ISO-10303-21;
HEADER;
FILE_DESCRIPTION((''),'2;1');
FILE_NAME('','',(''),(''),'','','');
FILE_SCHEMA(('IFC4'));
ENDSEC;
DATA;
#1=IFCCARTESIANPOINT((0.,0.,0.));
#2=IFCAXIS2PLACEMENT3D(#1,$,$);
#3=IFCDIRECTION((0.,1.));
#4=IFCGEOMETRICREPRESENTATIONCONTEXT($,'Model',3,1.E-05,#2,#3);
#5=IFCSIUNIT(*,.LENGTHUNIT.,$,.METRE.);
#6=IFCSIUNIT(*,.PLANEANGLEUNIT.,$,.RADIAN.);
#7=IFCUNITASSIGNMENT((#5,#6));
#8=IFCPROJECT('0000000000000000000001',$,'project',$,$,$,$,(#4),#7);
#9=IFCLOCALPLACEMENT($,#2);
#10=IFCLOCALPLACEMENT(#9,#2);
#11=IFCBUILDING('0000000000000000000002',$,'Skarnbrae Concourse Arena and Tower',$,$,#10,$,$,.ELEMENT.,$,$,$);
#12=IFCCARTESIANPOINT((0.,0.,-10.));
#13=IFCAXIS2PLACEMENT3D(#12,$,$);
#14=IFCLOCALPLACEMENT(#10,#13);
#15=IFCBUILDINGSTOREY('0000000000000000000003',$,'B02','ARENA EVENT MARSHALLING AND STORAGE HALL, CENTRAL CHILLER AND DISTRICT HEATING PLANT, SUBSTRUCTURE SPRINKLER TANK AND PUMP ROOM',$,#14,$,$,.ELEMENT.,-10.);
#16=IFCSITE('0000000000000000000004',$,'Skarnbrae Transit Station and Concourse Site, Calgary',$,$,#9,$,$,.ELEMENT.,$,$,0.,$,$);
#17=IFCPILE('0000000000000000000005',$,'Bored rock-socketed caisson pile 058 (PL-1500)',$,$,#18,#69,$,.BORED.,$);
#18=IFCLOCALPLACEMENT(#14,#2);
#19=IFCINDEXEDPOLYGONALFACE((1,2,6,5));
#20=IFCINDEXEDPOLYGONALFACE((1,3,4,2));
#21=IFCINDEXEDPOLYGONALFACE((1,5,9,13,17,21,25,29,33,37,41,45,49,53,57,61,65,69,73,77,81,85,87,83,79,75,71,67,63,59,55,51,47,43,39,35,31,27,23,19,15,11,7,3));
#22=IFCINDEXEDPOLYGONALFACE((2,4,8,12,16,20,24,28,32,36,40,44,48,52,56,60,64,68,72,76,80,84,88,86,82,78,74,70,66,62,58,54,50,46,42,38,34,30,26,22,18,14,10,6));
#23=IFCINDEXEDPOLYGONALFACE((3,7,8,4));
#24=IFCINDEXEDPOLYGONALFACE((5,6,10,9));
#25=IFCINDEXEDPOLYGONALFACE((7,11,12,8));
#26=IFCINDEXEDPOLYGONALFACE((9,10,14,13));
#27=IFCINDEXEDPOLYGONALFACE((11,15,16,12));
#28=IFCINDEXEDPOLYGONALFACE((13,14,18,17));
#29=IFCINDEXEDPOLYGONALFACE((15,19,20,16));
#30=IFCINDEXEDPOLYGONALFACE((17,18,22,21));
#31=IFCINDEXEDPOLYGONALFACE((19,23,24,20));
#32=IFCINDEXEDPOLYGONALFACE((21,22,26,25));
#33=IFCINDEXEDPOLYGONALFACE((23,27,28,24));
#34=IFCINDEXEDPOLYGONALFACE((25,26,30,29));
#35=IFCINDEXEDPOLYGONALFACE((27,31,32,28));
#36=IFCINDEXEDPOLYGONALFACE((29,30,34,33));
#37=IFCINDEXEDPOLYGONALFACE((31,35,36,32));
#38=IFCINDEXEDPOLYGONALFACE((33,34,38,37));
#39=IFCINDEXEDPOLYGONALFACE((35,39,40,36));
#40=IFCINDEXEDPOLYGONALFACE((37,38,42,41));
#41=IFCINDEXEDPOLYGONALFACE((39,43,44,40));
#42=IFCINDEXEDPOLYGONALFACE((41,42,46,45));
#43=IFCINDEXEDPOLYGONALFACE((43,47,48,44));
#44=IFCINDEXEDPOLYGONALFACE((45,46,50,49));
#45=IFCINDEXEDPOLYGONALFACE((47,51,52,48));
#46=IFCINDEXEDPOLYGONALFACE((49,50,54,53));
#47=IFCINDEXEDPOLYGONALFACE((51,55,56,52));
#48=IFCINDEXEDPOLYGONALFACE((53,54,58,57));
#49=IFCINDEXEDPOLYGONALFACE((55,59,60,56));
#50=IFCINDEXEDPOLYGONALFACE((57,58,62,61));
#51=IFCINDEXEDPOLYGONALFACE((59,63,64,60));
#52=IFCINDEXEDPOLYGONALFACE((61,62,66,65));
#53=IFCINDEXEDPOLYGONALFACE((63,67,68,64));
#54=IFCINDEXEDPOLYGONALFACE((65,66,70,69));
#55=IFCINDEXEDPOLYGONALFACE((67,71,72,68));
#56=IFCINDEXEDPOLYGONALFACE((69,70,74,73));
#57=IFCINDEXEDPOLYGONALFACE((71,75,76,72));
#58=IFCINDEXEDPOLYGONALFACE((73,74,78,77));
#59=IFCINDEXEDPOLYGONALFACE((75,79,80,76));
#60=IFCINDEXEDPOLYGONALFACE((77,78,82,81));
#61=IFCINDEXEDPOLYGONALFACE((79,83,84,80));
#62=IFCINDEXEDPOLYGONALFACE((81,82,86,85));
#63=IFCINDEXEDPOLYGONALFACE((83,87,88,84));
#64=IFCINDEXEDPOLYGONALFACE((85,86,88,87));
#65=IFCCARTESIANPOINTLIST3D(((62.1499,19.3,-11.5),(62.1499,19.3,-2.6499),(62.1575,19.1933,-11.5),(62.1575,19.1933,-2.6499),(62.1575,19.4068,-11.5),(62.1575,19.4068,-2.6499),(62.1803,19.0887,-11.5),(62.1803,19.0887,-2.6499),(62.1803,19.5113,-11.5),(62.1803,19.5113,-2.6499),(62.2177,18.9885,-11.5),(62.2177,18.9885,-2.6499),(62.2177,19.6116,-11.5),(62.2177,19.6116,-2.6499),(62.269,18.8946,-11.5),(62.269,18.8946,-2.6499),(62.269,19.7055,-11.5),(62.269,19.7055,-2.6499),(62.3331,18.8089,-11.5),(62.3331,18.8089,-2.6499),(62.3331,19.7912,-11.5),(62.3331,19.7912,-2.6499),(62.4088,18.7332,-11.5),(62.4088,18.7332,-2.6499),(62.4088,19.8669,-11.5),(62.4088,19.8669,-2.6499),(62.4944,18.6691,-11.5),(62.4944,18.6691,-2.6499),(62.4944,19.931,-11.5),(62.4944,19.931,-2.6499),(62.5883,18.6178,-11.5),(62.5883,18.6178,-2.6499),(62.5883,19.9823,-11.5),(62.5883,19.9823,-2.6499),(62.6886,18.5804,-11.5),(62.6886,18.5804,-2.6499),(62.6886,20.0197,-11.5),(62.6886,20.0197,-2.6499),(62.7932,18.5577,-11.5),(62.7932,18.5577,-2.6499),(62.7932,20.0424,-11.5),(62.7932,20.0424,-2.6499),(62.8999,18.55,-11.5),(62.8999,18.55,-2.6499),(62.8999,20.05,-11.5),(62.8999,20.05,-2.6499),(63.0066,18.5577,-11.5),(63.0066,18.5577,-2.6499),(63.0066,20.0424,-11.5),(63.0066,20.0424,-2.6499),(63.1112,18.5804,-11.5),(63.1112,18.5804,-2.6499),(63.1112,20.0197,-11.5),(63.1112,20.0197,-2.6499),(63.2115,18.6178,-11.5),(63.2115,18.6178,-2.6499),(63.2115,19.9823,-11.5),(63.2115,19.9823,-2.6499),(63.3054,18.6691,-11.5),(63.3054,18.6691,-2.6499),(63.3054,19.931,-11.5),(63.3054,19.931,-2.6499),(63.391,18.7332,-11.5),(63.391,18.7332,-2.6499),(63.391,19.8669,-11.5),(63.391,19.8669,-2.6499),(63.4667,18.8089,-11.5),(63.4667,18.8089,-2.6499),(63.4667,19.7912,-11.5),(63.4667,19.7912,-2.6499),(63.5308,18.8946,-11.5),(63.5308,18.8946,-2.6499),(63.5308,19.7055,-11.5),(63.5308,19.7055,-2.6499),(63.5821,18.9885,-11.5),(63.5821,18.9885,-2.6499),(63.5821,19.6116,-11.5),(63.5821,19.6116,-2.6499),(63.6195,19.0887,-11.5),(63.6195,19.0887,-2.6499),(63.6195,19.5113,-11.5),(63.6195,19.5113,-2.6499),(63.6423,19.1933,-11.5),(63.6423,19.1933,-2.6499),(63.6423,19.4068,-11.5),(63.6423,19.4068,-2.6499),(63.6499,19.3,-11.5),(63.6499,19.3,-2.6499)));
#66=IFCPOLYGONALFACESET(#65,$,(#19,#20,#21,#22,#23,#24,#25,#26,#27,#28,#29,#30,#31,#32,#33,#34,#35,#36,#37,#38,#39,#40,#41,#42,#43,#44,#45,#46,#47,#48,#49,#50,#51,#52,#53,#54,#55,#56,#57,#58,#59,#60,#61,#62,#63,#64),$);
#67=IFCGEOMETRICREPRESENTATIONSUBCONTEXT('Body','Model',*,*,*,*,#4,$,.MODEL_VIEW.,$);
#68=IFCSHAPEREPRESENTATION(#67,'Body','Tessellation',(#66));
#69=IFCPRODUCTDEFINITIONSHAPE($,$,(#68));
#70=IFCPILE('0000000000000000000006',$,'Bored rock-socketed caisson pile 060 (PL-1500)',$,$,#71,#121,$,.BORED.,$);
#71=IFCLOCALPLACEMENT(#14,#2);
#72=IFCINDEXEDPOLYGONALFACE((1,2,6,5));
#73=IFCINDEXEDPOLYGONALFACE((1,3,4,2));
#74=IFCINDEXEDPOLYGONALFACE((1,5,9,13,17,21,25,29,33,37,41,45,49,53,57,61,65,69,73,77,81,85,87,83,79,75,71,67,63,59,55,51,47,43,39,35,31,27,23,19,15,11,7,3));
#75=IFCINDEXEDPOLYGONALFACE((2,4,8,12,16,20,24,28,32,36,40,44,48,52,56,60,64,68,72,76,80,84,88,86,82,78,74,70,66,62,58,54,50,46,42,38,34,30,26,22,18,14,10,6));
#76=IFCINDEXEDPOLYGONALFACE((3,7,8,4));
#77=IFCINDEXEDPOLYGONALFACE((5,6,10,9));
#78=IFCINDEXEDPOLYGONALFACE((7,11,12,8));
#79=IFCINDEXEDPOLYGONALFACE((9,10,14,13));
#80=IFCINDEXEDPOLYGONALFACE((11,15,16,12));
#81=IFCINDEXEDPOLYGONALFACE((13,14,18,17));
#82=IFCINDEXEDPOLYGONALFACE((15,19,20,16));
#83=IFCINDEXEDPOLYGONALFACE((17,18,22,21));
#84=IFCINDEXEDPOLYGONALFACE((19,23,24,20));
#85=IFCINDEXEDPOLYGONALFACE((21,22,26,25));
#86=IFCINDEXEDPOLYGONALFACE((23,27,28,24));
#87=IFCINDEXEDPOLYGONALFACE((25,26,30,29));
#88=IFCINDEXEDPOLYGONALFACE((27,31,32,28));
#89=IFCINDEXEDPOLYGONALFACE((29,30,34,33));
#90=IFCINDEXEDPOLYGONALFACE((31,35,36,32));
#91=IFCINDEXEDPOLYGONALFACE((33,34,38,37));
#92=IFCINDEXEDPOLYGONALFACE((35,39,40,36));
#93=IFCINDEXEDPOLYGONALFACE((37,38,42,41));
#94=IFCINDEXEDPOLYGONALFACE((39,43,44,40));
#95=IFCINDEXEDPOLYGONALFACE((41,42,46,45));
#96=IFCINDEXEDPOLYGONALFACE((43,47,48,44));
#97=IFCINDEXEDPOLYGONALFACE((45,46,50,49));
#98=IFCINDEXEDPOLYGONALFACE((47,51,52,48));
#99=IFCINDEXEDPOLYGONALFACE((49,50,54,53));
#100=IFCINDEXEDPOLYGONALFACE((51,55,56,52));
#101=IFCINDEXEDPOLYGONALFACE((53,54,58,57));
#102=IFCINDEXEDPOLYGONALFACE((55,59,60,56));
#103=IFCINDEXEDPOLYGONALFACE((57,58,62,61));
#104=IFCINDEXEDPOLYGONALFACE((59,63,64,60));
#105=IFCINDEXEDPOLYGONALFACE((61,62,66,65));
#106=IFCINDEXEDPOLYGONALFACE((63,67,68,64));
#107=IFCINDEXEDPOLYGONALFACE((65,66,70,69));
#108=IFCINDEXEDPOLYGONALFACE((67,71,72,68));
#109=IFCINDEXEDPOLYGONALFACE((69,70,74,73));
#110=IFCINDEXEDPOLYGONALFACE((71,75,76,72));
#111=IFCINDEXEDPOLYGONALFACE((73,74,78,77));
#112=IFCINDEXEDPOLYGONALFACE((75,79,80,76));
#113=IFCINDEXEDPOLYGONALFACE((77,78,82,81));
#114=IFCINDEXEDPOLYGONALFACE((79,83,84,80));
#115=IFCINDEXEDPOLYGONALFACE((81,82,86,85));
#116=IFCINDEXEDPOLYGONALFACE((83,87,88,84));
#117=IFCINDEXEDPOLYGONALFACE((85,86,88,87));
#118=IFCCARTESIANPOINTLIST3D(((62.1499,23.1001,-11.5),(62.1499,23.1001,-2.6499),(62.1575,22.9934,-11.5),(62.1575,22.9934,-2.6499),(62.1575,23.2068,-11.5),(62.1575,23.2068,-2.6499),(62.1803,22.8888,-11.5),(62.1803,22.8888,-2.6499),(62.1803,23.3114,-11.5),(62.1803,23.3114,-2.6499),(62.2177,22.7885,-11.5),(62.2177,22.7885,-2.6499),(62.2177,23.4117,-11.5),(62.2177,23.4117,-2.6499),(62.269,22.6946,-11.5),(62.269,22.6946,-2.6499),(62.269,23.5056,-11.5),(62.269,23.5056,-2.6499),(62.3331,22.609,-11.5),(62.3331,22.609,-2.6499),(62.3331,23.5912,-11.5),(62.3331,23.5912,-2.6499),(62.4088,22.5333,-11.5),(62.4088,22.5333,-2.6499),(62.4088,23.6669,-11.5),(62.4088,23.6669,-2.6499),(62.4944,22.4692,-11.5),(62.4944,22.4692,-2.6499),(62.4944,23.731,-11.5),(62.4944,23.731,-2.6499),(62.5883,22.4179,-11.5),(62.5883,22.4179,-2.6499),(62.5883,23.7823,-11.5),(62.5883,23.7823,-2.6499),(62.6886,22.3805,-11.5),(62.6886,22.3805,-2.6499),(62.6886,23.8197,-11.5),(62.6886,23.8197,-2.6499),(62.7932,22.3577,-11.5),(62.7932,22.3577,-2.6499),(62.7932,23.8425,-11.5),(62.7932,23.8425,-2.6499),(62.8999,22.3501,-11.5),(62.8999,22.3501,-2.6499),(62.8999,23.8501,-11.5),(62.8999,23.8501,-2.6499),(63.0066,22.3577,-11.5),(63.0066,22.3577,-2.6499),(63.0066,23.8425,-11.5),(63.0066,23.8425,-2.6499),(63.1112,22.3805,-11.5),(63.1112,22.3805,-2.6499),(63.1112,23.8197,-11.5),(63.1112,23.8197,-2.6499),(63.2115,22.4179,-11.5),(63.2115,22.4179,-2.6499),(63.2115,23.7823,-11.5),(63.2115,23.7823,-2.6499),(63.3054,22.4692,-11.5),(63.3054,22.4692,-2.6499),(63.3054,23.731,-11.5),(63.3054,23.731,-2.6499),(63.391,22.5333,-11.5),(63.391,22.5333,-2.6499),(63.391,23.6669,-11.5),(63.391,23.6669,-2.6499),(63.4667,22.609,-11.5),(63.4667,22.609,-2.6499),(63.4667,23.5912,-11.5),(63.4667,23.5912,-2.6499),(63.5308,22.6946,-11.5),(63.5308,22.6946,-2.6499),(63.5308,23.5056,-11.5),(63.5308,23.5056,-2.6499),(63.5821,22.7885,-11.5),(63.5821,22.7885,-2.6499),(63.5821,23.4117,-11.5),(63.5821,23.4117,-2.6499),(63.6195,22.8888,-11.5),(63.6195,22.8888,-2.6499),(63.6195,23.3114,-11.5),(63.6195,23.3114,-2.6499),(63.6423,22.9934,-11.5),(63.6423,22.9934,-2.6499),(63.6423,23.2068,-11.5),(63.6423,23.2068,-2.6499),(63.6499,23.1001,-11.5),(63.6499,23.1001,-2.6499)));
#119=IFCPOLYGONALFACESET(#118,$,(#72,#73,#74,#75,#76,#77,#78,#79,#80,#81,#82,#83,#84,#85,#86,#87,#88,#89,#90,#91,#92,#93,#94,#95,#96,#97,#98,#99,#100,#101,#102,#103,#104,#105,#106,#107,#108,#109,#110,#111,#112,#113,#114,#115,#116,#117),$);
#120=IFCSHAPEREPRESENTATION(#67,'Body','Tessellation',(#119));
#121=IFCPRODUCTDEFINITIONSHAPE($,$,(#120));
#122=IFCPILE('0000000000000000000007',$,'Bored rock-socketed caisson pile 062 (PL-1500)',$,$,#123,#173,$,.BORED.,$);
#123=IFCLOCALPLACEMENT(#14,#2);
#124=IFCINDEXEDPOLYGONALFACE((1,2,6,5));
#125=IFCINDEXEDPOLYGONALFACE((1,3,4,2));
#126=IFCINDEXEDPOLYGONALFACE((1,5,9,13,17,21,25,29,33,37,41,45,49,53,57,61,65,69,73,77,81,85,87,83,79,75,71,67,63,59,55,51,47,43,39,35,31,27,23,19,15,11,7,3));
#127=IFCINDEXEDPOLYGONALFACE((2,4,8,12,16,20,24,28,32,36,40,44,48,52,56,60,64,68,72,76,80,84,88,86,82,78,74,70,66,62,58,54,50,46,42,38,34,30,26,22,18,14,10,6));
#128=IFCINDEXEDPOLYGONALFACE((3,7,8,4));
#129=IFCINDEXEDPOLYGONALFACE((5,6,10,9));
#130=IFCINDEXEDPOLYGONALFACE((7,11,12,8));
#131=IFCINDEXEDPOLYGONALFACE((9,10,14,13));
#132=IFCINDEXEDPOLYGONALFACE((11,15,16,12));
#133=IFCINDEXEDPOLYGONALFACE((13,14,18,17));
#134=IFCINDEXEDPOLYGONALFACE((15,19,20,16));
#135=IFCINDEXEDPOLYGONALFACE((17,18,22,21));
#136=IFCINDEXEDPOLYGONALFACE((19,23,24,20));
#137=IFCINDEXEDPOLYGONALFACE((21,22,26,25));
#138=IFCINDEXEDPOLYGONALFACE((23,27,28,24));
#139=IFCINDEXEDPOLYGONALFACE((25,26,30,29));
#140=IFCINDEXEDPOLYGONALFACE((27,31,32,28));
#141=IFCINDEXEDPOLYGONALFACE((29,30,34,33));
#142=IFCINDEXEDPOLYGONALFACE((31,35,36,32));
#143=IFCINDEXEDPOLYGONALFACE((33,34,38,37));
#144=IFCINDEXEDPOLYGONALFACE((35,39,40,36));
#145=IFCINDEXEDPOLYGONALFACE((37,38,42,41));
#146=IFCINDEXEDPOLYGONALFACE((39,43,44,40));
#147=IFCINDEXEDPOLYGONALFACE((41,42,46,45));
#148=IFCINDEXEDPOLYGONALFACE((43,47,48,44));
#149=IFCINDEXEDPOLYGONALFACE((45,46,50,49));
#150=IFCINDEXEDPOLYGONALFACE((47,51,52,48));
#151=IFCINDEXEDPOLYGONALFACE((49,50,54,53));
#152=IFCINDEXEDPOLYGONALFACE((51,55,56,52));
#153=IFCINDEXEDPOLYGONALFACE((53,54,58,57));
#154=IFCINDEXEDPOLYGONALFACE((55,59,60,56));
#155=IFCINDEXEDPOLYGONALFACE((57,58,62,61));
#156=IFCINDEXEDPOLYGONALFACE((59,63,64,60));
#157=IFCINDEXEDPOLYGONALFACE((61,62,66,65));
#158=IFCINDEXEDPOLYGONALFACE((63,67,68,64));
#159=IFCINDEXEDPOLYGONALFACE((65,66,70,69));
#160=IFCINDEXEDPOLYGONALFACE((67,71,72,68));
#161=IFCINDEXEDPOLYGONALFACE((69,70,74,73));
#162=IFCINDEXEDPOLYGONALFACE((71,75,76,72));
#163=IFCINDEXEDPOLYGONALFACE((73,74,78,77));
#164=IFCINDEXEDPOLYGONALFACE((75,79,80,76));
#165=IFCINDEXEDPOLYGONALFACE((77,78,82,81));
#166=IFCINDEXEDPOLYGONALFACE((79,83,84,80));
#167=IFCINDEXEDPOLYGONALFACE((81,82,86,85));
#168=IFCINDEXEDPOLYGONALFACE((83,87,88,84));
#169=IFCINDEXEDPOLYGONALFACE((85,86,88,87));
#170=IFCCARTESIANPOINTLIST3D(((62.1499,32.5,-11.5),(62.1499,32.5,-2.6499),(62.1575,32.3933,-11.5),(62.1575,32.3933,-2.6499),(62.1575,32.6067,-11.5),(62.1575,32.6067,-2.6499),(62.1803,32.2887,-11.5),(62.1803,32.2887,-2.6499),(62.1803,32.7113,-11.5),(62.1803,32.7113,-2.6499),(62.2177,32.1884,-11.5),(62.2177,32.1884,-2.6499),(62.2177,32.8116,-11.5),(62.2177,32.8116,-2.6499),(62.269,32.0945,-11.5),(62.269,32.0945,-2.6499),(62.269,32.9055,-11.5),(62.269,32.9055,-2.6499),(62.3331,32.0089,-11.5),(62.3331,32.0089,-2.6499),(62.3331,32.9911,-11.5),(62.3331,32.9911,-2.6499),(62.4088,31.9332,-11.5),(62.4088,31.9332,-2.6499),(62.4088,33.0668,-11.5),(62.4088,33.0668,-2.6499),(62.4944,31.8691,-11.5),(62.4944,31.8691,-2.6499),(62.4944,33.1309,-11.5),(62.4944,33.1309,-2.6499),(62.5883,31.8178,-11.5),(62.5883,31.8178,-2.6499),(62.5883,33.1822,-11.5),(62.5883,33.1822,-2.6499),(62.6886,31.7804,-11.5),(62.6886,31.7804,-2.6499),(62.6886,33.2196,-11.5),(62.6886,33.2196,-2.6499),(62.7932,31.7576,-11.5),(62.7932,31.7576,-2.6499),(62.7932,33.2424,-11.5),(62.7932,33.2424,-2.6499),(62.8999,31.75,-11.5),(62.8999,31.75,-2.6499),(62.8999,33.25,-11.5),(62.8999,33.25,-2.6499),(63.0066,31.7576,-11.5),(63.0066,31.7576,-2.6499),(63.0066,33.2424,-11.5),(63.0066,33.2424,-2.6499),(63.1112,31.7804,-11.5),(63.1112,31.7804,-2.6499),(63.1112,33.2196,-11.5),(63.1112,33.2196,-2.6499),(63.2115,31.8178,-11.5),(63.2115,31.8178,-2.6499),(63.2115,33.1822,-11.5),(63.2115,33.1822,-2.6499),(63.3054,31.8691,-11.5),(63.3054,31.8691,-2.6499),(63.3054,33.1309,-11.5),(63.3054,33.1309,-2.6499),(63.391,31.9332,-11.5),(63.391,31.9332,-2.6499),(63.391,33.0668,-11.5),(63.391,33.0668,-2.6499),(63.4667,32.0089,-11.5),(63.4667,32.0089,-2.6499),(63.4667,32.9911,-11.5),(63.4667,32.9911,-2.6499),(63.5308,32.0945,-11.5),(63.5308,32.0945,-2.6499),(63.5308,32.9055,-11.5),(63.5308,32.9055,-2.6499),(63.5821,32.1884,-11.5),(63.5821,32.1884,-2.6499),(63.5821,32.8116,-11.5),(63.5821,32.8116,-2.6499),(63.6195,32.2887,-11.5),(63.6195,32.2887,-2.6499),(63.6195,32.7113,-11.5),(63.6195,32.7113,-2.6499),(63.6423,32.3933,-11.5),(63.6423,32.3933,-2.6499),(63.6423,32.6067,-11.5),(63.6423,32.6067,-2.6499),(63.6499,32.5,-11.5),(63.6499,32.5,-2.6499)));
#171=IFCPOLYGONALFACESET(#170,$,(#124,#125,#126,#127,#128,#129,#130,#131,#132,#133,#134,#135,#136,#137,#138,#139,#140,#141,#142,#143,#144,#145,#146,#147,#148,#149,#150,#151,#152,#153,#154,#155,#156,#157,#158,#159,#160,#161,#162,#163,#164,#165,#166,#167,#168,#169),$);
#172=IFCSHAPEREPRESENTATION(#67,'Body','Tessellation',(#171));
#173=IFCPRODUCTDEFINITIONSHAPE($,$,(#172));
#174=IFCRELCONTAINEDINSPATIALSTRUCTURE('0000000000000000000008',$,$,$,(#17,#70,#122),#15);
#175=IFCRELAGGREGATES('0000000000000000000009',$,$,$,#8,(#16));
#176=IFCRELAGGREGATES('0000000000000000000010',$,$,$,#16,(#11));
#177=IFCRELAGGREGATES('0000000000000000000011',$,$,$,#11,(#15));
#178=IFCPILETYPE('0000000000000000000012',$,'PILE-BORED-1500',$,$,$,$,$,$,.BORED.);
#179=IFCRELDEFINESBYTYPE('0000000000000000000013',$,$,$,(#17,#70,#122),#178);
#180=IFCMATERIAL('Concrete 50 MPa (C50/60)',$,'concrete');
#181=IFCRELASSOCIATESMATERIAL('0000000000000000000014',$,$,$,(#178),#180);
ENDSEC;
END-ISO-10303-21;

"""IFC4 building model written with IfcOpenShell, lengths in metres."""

from ifc_helpers import new_model, si_unit, direction, frame, origin, origin_2d, place, context, subcontext, project, spatial, circle, extrude, source, transform, mapped, material, material_profile, profile_set, type_object, element, save


model = new_model("IFC4")

# Units and contexts
model_context = context("Model", 3, precision=1e-05, world=origin(), true_north=direction((0.0, 1.0)))
body_context = subcontext(model_context, "Body", "Model", "MODEL_VIEW")
ifc_project = project(units=[si_unit("LENGTHUNIT", "METRE"), si_unit("PLANEANGLEUNIT", "RADIAN")], contexts=[model_context])

# Site, building, storey
site_placement = place(None, origin())
site = spatial("IfcSite", under=ifc_project, at=site_placement, Name="Skarnbrae Transit Station and Concourse Site, Calgary", CompositionType="ELEMENT", RefElevation=0.0)
building_placement = place(site_placement, origin())
building = spatial("IfcBuilding", under=site, at=building_placement, Name="Skarnbrae Concourse Arena and Tower", CompositionType="ELEMENT")
storey_placement = place(building_placement, frame((0.0, 0.0, -10.0)))
storey = spatial("IfcBuildingStorey", under=building, at=storey_placement, Name="B02", Description="ARENA EVENT MARSHALLING AND STORAGE HALL, CENTRAL CHILLER AND DISTRICT HEATING PLANT, SUBSTRUCTURE SPRINKLER TANK AND PUMP ROOM", CompositionType="ELEMENT", Elevation=-10.0)

# Piles
ifc_material_1 = material(Name="Concrete 50 MPa (C50/60)", Category="concrete")
ifc_material_profile_1 = material_profile(ifc_material_1, circle(Radius=0.75, at=origin_2d()), Name="CAISSON-1500")
ifc_profile_set_1 = profile_set([ifc_material_profile_1], Name="Concrete 50 MPa (C50/60)")
pile_type_1 = type_object("IfcPileType", Name="PILE-BORED-1500", PredefinedType="BORED", material=ifc_profile_set_1)
shared_shape_1 = source(origin(), body_context, "Body", "SweptSolid", [
    extrude(circle(Radius=0.75, at=origin_2d()), origin(), (0.0, 0.0, 1.0), 8.8501),
])
for number, where, z_axis, x_axis, name in (
    (1, (62.8999, 19.3, -2.6499), (0.0, 0.0, -1.0), (1.0, 0.0, 0.0), "Bored rock-socketed caisson pile 058 (PL-1500)"),
    (2, (62.8999, 23.1001, -2.6499), (0.0, 0.0, -1.0), (1.0, 0.0, 0.0), "Bored rock-socketed caisson pile 060 (PL-1500)"),
    (3, (62.8999, 32.5, -2.6499), (0.0, 0.0, -1.0), (1.0, 0.0, 0.0), "Bored rock-socketed caisson pile 062 (PL-1500)"),
):
    element("IfcPile", number, at=place(storey_placement, frame(where, z_axis=z_axis, x_axis=x_axis)), inside=storey, type_object=pile_type_1, Name=name, PredefinedType="BORED", context=body_context, shape_type="MappedRepresentation", body=[
        mapped(shared_shape_1, transform((0.0, 0.0, 0.0))),
    ])

save(model, "model.ifc")
